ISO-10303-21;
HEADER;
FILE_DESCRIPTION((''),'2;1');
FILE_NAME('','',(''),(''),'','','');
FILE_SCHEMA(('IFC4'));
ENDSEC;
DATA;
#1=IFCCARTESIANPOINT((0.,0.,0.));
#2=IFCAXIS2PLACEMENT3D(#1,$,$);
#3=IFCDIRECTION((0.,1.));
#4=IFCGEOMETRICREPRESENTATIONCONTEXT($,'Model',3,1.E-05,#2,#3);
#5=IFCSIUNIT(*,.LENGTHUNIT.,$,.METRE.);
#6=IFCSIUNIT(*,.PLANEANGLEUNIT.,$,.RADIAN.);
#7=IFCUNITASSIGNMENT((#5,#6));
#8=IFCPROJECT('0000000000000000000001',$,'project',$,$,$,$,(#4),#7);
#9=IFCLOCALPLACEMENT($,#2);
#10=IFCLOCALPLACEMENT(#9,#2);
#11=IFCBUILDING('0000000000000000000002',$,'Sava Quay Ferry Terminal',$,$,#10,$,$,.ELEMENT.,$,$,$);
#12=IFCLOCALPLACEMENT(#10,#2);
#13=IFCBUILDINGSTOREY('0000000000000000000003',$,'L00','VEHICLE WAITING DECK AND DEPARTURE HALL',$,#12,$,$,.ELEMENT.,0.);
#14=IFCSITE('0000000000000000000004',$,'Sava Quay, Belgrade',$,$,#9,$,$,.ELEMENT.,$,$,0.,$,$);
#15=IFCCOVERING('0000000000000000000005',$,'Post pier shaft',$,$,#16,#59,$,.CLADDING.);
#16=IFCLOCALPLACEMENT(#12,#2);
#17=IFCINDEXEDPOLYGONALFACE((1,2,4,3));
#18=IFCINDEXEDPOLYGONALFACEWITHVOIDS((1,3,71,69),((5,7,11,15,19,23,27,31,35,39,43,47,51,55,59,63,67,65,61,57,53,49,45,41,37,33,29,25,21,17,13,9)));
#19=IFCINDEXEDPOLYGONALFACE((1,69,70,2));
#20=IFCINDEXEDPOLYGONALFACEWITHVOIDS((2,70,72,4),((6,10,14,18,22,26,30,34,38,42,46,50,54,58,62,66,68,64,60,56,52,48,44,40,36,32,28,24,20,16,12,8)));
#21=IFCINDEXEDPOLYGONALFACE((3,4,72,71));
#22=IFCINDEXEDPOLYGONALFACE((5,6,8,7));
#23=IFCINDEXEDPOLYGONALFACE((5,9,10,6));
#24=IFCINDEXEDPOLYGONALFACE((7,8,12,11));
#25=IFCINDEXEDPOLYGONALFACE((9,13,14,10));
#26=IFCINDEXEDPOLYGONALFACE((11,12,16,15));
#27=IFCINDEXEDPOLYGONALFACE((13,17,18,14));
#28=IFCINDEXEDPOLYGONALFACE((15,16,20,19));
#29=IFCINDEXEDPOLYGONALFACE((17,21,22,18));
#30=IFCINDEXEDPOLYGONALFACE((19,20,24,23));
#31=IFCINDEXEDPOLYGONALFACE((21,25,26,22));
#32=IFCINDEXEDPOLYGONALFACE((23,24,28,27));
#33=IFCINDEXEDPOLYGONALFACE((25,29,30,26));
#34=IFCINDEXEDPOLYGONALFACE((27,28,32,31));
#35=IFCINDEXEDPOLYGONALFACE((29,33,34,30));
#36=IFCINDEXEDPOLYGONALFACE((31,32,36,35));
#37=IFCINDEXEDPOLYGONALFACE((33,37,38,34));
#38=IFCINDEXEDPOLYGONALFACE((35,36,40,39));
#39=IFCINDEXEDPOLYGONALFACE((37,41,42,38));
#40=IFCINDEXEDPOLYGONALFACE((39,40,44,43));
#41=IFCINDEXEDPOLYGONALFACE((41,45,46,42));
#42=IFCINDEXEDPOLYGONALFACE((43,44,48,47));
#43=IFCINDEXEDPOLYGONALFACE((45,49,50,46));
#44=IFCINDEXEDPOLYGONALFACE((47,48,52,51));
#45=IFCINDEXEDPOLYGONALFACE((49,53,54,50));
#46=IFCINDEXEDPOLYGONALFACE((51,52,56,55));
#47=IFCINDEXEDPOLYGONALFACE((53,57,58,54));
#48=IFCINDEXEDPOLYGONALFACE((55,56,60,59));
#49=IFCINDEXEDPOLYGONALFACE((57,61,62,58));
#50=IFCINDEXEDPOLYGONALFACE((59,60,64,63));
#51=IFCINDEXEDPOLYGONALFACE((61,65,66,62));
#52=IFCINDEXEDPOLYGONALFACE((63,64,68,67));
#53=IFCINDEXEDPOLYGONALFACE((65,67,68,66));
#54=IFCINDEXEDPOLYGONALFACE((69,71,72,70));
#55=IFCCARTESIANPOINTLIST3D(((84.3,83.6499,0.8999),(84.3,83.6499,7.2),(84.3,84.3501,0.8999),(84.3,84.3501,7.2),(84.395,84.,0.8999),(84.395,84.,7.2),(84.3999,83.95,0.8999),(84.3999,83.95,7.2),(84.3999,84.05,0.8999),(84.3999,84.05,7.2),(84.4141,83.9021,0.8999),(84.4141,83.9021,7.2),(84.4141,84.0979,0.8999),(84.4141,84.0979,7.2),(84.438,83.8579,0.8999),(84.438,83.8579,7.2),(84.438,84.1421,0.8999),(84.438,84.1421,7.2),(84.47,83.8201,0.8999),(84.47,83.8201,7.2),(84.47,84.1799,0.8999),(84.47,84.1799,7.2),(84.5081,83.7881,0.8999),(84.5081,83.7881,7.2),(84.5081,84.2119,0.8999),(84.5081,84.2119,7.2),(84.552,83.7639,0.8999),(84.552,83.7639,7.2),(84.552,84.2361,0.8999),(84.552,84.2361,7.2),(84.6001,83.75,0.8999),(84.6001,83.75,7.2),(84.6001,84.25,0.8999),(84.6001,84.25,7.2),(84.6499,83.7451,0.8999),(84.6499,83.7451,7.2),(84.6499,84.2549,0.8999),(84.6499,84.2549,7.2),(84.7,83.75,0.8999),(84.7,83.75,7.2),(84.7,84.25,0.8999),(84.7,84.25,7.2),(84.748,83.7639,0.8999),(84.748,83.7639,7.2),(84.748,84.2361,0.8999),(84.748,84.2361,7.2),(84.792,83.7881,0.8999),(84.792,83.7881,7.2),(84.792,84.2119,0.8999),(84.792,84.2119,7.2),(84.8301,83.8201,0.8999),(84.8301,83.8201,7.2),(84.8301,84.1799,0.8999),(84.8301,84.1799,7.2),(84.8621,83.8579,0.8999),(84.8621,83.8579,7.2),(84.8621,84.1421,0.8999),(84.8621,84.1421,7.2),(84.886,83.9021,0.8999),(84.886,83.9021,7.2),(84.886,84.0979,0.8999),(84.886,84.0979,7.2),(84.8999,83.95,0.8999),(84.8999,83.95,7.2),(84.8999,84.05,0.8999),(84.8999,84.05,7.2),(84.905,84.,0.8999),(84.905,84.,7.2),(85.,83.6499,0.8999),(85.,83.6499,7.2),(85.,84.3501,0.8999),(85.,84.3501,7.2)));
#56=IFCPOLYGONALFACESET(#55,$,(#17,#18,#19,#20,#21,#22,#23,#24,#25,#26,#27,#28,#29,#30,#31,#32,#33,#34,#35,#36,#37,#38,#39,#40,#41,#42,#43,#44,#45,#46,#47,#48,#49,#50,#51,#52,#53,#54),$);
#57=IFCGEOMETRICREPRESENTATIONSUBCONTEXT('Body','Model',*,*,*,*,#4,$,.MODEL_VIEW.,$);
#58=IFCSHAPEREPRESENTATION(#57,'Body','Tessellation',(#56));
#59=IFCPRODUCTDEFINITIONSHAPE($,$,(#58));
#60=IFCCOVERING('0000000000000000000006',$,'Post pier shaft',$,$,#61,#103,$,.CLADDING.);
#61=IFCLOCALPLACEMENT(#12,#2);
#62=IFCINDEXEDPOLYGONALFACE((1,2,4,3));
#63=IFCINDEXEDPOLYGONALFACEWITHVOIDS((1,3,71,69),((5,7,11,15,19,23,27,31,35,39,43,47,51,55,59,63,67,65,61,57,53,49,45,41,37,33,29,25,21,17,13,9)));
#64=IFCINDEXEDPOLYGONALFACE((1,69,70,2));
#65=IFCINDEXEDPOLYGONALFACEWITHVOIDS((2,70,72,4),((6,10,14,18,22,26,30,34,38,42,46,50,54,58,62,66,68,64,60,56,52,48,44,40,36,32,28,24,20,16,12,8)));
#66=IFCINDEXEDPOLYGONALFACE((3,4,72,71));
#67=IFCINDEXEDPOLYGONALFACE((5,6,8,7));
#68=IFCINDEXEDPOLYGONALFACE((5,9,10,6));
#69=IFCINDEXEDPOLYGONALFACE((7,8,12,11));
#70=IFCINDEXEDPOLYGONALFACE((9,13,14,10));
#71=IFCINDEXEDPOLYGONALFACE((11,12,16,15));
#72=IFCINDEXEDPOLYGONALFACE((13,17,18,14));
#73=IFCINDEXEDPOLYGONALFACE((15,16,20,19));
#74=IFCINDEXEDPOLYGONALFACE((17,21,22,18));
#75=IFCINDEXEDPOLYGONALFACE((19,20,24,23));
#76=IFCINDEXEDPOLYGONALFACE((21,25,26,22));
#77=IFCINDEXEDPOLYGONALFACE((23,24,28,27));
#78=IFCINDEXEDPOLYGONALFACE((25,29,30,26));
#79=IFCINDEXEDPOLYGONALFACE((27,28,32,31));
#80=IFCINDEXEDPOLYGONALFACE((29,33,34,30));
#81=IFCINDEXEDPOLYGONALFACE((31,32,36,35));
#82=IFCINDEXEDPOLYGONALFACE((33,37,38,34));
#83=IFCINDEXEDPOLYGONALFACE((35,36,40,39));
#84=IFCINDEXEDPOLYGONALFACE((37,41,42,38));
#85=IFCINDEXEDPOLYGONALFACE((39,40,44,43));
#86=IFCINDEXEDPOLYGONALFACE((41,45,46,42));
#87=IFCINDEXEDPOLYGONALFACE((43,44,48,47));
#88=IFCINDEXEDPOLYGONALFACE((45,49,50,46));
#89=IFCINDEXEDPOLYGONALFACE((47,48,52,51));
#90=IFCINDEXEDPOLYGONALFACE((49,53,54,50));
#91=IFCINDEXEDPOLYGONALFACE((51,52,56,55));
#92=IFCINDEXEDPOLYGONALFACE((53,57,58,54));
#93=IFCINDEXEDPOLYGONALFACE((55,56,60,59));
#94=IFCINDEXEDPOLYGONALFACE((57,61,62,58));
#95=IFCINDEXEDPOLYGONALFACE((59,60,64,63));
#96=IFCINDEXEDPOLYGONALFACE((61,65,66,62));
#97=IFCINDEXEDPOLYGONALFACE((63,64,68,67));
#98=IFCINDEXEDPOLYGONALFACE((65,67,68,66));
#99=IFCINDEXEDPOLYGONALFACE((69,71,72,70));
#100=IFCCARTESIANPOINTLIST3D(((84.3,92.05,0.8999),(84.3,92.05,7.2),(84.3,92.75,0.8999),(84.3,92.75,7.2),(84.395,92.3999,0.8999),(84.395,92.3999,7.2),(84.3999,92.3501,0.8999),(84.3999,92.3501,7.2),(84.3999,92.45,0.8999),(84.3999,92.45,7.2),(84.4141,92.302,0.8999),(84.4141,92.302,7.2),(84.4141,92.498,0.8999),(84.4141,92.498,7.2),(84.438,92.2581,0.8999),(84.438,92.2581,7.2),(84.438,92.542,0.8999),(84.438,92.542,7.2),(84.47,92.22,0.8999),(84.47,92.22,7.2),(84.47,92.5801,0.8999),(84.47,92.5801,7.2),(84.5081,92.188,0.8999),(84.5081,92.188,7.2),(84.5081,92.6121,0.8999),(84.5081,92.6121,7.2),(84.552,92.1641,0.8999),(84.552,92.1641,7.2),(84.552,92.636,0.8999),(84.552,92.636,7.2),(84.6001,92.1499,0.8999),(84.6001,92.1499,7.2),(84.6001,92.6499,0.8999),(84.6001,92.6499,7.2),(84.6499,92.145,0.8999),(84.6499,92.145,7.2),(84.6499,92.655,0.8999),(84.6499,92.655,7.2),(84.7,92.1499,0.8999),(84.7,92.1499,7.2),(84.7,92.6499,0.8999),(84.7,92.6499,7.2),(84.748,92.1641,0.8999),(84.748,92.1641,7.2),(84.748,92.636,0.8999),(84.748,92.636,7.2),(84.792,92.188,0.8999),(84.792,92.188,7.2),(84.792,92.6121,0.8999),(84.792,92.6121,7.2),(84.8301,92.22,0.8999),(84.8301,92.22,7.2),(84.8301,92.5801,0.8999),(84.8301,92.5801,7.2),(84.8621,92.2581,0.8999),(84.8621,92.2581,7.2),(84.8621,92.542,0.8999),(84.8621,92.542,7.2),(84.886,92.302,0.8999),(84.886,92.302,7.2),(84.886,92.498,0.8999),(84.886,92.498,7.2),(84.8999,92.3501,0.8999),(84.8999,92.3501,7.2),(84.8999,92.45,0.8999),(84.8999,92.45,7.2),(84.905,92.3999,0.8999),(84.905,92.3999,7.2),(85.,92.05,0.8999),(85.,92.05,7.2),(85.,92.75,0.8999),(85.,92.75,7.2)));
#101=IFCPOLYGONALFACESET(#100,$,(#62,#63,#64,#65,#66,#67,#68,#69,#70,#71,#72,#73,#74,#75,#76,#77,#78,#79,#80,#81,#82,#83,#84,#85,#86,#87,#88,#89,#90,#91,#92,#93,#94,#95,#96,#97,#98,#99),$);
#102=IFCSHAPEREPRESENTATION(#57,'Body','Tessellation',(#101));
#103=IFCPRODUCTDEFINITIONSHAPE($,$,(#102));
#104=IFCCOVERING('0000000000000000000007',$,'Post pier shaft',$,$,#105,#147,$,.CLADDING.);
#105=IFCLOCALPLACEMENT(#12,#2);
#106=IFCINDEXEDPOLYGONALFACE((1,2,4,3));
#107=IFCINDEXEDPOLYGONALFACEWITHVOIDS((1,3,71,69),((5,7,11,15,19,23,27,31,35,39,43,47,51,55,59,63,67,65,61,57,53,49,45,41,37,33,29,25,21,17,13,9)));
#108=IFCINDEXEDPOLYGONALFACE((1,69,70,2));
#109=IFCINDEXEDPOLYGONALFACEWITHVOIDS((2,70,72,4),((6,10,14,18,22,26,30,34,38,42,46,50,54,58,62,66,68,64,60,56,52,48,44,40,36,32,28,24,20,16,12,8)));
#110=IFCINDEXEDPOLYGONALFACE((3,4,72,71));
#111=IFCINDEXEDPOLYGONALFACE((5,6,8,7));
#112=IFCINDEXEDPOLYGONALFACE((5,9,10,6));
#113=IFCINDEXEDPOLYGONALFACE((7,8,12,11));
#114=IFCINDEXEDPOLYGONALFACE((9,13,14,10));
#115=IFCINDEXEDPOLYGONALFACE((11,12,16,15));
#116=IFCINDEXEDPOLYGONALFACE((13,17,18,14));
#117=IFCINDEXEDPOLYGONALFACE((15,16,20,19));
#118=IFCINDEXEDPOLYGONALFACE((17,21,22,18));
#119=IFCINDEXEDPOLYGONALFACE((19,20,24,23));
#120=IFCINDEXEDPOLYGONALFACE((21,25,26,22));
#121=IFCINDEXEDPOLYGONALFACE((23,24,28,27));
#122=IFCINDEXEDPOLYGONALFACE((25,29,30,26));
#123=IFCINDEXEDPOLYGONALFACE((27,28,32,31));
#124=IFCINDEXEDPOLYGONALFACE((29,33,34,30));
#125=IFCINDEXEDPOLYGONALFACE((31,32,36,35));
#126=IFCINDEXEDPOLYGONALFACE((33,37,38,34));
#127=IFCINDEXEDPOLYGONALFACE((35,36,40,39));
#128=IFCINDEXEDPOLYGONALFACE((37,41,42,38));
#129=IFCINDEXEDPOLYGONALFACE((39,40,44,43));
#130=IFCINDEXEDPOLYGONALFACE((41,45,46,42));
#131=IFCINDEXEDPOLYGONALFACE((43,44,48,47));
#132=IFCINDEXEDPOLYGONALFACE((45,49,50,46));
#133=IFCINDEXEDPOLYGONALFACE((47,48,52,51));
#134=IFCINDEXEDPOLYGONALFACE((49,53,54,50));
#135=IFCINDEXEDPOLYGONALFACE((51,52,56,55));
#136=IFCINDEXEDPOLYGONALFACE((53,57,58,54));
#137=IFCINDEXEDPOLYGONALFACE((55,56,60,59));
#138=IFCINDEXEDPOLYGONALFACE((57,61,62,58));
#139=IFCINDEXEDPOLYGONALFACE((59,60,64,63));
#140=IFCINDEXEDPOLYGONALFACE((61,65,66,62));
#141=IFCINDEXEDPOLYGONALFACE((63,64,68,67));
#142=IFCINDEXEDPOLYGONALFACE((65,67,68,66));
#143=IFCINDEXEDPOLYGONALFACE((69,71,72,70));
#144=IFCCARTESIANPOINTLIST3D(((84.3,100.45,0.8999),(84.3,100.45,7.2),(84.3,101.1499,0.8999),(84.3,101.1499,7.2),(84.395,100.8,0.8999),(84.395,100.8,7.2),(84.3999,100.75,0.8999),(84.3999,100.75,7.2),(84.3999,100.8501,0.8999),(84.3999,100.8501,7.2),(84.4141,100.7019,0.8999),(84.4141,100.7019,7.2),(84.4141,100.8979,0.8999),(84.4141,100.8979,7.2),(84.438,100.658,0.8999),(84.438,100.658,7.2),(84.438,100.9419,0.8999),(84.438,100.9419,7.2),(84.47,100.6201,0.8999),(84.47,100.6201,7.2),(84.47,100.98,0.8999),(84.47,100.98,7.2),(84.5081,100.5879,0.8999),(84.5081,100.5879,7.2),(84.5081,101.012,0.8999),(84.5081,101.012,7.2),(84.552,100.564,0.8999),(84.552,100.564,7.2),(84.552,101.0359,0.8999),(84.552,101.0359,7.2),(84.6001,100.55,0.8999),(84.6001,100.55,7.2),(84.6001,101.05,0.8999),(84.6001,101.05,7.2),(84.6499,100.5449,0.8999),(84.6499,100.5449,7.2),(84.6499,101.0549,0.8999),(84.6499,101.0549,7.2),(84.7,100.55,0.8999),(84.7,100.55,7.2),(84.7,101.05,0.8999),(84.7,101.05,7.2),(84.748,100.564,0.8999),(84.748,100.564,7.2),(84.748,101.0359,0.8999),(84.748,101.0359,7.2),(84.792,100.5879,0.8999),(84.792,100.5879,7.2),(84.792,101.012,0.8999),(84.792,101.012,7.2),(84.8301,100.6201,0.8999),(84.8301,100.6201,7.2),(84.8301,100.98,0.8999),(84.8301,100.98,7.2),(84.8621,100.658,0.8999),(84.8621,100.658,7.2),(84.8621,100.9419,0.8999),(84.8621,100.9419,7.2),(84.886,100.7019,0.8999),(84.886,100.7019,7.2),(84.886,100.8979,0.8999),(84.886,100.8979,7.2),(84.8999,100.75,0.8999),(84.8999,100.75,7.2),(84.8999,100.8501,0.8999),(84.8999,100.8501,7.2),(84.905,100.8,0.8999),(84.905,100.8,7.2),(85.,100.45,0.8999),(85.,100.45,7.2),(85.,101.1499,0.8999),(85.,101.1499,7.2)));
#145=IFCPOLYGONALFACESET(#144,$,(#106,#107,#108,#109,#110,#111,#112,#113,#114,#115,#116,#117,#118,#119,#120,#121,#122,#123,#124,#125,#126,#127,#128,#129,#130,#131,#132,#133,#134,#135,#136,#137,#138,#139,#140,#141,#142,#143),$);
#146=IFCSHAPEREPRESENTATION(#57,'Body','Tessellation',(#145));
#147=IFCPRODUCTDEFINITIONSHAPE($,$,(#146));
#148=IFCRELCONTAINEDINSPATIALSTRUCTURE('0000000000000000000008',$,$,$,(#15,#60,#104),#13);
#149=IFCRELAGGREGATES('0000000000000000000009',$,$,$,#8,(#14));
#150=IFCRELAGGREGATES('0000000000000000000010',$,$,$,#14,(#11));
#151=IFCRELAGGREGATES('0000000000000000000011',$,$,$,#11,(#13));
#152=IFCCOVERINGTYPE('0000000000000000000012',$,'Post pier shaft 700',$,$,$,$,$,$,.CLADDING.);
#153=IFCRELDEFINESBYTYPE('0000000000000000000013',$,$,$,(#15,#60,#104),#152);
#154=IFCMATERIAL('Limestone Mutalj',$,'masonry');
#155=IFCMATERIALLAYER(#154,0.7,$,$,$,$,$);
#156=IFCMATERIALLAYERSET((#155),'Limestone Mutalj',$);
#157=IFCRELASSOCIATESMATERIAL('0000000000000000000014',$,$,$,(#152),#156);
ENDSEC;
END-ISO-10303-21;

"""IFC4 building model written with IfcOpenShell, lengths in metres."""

from ifc_helpers import new_model, si_unit, direction, frame, origin, place, context, subcontext, project, spatial, polyline, outline, extrude, material, layer, layer_set, type_object, element, save


model = new_model("IFC4")

# Units and contexts
model_context = context("Model", 3, precision=1e-05, world=origin(), true_north=direction((0.0, 1.0)))
body_context = subcontext(model_context, "Body", "Model", "MODEL_VIEW")
ifc_project = project(units=[si_unit("LENGTHUNIT", "METRE"), si_unit("PLANEANGLEUNIT", "RADIAN")], contexts=[model_context])

# Site, building, storey
site_placement = place(None, origin())
site = spatial("IfcSite", under=ifc_project, at=site_placement, Name="Sava Quay, Belgrade", CompositionType="ELEMENT", RefElevation=0.0)
building_placement = place(site_placement, origin())
building = spatial("IfcBuilding", under=site, at=building_placement, Name="Sava Quay Ferry Terminal", CompositionType="ELEMENT")
storey_placement = place(building_placement, origin())
storey = spatial("IfcBuildingStorey", under=building, at=storey_placement, Name="L00", Description="VEHICLE WAITING DECK AND DEPARTURE HALL", CompositionType="ELEMENT", Elevation=0.0)

# Coverings
ifc_material_1 = material(Name="Limestone Mutalj", Category="masonry")
ifc_layer_1 = layer(ifc_material_1, 0.7)
ifc_layer_set_1 = layer_set([ifc_layer_1], Name="Limestone Mutalj")
covering_type_1 = type_object("IfcCoveringType", Name="Post pier shaft 700", PredefinedType="CLADDING", material=ifc_layer_set_1)
covering_1_placement = place(storey_placement, frame((0.0, 0.0, 0.8999)))
element("IfcCovering", 1, at=covering_1_placement, inside=storey, type_object=covering_type_1, Name="Post pier shaft", PredefinedType="CLADDING", context=body_context, shape_type="SweptSolid", body=[
    extrude(outline(polyline([(84.3, 83.6499), (85.0, 83.6499), (85.0, 84.3501), (84.3, 84.3501), (84.3, 83.6499)]), holes=[polyline([(84.8999, 84.05), (84.905, 84.0), (84.8999, 83.95), (84.886, 83.9021), (84.8621, 83.8579), (84.8301, 83.8201), (84.792, 83.7881), (84.748, 83.7639), (84.7, 83.75), (84.6499, 83.7451), (84.6001, 83.75), (84.552, 83.7639), (84.5081, 83.7881), (84.47, 83.8201), (84.438, 83.8579), (84.4141, 83.9021), (84.3999, 83.95), (84.395, 84.0), (84.3999, 84.05), (84.4141, 84.0979), (84.438, 84.1421), (84.47, 84.1799), (84.5081, 84.2119), (84.552, 84.2361), (84.6001, 84.25), (84.6499, 84.2549), (84.7, 84.25), (84.748, 84.2361), (84.792, 84.2119), (84.8301, 84.1799), (84.8621, 84.1421), (84.886, 84.0979), (84.8999, 84.05)])]), origin(), (0.0, 0.0, 1.0), 6.3),
])
covering_2_placement = place(storey_placement, frame((0.0, 0.0, 0.8999)))
element("IfcCovering", 2, at=covering_2_placement, inside=storey, type_object=covering_type_1, Name="Post pier shaft", PredefinedType="CLADDING", context=body_context, shape_type="SweptSolid", body=[
    extrude(outline(polyline([(84.3, 92.05), (85.0, 92.05), (85.0, 92.75), (84.3, 92.75), (84.3, 92.05)]), holes=[polyline([(84.8999, 92.45), (84.905, 92.3999), (84.8999, 92.3501), (84.886, 92.302), (84.8621, 92.2581), (84.8301, 92.22), (84.792, 92.188), (84.748, 92.1641), (84.7, 92.1499), (84.6499, 92.145), (84.6001, 92.1499), (84.552, 92.1641), (84.5081, 92.188), (84.47, 92.22), (84.438, 92.2581), (84.4141, 92.302), (84.3999, 92.3501), (84.395, 92.3999), (84.3999, 92.45), (84.4141, 92.498), (84.438, 92.542), (84.47, 92.5801), (84.5081, 92.6121), (84.552, 92.636), (84.6001, 92.6499), (84.6499, 92.655), (84.7, 92.6499), (84.748, 92.636), (84.792, 92.6121), (84.8301, 92.5801), (84.8621, 92.542), (84.886, 92.498), (84.8999, 92.45)])]), origin(), (0.0, 0.0, 1.0), 6.3),
])
covering_3_placement = place(storey_placement, frame((0.0, 0.0, 0.8999)))
element("IfcCovering", 3, at=covering_3_placement, inside=storey, type_object=covering_type_1, Name="Post pier shaft", PredefinedType="CLADDING", context=body_context, shape_type="SweptSolid", body=[
    extrude(outline(polyline([(84.3, 100.45), (85.0, 100.45), (85.0, 101.1499), (84.3, 101.1499), (84.3, 100.45)]), holes=[polyline([(84.8999, 100.8501), (84.905, 100.8), (84.8999, 100.75), (84.886, 100.7019), (84.8621, 100.658), (84.8301, 100.6201), (84.792, 100.5879), (84.748, 100.564), (84.7, 100.55), (84.6499, 100.5449), (84.6001, 100.55), (84.552, 100.564), (84.5081, 100.5879), (84.47, 100.6201), (84.438, 100.658), (84.4141, 100.7019), (84.3999, 100.75), (84.395, 100.8), (84.3999, 100.8501), (84.4141, 100.8979), (84.438, 100.9419), (84.47, 100.98), (84.5081, 101.012), (84.552, 101.0359), (84.6001, 101.05), (84.6499, 101.0549), (84.7, 101.05), (84.748, 101.0359), (84.792, 101.012), (84.8301, 100.98), (84.8621, 100.9419), (84.886, 100.8979), (84.8999, 100.8501)])]), origin(), (0.0, 0.0, 1.0), 6.3),
])

save(model, "model.ifc")
